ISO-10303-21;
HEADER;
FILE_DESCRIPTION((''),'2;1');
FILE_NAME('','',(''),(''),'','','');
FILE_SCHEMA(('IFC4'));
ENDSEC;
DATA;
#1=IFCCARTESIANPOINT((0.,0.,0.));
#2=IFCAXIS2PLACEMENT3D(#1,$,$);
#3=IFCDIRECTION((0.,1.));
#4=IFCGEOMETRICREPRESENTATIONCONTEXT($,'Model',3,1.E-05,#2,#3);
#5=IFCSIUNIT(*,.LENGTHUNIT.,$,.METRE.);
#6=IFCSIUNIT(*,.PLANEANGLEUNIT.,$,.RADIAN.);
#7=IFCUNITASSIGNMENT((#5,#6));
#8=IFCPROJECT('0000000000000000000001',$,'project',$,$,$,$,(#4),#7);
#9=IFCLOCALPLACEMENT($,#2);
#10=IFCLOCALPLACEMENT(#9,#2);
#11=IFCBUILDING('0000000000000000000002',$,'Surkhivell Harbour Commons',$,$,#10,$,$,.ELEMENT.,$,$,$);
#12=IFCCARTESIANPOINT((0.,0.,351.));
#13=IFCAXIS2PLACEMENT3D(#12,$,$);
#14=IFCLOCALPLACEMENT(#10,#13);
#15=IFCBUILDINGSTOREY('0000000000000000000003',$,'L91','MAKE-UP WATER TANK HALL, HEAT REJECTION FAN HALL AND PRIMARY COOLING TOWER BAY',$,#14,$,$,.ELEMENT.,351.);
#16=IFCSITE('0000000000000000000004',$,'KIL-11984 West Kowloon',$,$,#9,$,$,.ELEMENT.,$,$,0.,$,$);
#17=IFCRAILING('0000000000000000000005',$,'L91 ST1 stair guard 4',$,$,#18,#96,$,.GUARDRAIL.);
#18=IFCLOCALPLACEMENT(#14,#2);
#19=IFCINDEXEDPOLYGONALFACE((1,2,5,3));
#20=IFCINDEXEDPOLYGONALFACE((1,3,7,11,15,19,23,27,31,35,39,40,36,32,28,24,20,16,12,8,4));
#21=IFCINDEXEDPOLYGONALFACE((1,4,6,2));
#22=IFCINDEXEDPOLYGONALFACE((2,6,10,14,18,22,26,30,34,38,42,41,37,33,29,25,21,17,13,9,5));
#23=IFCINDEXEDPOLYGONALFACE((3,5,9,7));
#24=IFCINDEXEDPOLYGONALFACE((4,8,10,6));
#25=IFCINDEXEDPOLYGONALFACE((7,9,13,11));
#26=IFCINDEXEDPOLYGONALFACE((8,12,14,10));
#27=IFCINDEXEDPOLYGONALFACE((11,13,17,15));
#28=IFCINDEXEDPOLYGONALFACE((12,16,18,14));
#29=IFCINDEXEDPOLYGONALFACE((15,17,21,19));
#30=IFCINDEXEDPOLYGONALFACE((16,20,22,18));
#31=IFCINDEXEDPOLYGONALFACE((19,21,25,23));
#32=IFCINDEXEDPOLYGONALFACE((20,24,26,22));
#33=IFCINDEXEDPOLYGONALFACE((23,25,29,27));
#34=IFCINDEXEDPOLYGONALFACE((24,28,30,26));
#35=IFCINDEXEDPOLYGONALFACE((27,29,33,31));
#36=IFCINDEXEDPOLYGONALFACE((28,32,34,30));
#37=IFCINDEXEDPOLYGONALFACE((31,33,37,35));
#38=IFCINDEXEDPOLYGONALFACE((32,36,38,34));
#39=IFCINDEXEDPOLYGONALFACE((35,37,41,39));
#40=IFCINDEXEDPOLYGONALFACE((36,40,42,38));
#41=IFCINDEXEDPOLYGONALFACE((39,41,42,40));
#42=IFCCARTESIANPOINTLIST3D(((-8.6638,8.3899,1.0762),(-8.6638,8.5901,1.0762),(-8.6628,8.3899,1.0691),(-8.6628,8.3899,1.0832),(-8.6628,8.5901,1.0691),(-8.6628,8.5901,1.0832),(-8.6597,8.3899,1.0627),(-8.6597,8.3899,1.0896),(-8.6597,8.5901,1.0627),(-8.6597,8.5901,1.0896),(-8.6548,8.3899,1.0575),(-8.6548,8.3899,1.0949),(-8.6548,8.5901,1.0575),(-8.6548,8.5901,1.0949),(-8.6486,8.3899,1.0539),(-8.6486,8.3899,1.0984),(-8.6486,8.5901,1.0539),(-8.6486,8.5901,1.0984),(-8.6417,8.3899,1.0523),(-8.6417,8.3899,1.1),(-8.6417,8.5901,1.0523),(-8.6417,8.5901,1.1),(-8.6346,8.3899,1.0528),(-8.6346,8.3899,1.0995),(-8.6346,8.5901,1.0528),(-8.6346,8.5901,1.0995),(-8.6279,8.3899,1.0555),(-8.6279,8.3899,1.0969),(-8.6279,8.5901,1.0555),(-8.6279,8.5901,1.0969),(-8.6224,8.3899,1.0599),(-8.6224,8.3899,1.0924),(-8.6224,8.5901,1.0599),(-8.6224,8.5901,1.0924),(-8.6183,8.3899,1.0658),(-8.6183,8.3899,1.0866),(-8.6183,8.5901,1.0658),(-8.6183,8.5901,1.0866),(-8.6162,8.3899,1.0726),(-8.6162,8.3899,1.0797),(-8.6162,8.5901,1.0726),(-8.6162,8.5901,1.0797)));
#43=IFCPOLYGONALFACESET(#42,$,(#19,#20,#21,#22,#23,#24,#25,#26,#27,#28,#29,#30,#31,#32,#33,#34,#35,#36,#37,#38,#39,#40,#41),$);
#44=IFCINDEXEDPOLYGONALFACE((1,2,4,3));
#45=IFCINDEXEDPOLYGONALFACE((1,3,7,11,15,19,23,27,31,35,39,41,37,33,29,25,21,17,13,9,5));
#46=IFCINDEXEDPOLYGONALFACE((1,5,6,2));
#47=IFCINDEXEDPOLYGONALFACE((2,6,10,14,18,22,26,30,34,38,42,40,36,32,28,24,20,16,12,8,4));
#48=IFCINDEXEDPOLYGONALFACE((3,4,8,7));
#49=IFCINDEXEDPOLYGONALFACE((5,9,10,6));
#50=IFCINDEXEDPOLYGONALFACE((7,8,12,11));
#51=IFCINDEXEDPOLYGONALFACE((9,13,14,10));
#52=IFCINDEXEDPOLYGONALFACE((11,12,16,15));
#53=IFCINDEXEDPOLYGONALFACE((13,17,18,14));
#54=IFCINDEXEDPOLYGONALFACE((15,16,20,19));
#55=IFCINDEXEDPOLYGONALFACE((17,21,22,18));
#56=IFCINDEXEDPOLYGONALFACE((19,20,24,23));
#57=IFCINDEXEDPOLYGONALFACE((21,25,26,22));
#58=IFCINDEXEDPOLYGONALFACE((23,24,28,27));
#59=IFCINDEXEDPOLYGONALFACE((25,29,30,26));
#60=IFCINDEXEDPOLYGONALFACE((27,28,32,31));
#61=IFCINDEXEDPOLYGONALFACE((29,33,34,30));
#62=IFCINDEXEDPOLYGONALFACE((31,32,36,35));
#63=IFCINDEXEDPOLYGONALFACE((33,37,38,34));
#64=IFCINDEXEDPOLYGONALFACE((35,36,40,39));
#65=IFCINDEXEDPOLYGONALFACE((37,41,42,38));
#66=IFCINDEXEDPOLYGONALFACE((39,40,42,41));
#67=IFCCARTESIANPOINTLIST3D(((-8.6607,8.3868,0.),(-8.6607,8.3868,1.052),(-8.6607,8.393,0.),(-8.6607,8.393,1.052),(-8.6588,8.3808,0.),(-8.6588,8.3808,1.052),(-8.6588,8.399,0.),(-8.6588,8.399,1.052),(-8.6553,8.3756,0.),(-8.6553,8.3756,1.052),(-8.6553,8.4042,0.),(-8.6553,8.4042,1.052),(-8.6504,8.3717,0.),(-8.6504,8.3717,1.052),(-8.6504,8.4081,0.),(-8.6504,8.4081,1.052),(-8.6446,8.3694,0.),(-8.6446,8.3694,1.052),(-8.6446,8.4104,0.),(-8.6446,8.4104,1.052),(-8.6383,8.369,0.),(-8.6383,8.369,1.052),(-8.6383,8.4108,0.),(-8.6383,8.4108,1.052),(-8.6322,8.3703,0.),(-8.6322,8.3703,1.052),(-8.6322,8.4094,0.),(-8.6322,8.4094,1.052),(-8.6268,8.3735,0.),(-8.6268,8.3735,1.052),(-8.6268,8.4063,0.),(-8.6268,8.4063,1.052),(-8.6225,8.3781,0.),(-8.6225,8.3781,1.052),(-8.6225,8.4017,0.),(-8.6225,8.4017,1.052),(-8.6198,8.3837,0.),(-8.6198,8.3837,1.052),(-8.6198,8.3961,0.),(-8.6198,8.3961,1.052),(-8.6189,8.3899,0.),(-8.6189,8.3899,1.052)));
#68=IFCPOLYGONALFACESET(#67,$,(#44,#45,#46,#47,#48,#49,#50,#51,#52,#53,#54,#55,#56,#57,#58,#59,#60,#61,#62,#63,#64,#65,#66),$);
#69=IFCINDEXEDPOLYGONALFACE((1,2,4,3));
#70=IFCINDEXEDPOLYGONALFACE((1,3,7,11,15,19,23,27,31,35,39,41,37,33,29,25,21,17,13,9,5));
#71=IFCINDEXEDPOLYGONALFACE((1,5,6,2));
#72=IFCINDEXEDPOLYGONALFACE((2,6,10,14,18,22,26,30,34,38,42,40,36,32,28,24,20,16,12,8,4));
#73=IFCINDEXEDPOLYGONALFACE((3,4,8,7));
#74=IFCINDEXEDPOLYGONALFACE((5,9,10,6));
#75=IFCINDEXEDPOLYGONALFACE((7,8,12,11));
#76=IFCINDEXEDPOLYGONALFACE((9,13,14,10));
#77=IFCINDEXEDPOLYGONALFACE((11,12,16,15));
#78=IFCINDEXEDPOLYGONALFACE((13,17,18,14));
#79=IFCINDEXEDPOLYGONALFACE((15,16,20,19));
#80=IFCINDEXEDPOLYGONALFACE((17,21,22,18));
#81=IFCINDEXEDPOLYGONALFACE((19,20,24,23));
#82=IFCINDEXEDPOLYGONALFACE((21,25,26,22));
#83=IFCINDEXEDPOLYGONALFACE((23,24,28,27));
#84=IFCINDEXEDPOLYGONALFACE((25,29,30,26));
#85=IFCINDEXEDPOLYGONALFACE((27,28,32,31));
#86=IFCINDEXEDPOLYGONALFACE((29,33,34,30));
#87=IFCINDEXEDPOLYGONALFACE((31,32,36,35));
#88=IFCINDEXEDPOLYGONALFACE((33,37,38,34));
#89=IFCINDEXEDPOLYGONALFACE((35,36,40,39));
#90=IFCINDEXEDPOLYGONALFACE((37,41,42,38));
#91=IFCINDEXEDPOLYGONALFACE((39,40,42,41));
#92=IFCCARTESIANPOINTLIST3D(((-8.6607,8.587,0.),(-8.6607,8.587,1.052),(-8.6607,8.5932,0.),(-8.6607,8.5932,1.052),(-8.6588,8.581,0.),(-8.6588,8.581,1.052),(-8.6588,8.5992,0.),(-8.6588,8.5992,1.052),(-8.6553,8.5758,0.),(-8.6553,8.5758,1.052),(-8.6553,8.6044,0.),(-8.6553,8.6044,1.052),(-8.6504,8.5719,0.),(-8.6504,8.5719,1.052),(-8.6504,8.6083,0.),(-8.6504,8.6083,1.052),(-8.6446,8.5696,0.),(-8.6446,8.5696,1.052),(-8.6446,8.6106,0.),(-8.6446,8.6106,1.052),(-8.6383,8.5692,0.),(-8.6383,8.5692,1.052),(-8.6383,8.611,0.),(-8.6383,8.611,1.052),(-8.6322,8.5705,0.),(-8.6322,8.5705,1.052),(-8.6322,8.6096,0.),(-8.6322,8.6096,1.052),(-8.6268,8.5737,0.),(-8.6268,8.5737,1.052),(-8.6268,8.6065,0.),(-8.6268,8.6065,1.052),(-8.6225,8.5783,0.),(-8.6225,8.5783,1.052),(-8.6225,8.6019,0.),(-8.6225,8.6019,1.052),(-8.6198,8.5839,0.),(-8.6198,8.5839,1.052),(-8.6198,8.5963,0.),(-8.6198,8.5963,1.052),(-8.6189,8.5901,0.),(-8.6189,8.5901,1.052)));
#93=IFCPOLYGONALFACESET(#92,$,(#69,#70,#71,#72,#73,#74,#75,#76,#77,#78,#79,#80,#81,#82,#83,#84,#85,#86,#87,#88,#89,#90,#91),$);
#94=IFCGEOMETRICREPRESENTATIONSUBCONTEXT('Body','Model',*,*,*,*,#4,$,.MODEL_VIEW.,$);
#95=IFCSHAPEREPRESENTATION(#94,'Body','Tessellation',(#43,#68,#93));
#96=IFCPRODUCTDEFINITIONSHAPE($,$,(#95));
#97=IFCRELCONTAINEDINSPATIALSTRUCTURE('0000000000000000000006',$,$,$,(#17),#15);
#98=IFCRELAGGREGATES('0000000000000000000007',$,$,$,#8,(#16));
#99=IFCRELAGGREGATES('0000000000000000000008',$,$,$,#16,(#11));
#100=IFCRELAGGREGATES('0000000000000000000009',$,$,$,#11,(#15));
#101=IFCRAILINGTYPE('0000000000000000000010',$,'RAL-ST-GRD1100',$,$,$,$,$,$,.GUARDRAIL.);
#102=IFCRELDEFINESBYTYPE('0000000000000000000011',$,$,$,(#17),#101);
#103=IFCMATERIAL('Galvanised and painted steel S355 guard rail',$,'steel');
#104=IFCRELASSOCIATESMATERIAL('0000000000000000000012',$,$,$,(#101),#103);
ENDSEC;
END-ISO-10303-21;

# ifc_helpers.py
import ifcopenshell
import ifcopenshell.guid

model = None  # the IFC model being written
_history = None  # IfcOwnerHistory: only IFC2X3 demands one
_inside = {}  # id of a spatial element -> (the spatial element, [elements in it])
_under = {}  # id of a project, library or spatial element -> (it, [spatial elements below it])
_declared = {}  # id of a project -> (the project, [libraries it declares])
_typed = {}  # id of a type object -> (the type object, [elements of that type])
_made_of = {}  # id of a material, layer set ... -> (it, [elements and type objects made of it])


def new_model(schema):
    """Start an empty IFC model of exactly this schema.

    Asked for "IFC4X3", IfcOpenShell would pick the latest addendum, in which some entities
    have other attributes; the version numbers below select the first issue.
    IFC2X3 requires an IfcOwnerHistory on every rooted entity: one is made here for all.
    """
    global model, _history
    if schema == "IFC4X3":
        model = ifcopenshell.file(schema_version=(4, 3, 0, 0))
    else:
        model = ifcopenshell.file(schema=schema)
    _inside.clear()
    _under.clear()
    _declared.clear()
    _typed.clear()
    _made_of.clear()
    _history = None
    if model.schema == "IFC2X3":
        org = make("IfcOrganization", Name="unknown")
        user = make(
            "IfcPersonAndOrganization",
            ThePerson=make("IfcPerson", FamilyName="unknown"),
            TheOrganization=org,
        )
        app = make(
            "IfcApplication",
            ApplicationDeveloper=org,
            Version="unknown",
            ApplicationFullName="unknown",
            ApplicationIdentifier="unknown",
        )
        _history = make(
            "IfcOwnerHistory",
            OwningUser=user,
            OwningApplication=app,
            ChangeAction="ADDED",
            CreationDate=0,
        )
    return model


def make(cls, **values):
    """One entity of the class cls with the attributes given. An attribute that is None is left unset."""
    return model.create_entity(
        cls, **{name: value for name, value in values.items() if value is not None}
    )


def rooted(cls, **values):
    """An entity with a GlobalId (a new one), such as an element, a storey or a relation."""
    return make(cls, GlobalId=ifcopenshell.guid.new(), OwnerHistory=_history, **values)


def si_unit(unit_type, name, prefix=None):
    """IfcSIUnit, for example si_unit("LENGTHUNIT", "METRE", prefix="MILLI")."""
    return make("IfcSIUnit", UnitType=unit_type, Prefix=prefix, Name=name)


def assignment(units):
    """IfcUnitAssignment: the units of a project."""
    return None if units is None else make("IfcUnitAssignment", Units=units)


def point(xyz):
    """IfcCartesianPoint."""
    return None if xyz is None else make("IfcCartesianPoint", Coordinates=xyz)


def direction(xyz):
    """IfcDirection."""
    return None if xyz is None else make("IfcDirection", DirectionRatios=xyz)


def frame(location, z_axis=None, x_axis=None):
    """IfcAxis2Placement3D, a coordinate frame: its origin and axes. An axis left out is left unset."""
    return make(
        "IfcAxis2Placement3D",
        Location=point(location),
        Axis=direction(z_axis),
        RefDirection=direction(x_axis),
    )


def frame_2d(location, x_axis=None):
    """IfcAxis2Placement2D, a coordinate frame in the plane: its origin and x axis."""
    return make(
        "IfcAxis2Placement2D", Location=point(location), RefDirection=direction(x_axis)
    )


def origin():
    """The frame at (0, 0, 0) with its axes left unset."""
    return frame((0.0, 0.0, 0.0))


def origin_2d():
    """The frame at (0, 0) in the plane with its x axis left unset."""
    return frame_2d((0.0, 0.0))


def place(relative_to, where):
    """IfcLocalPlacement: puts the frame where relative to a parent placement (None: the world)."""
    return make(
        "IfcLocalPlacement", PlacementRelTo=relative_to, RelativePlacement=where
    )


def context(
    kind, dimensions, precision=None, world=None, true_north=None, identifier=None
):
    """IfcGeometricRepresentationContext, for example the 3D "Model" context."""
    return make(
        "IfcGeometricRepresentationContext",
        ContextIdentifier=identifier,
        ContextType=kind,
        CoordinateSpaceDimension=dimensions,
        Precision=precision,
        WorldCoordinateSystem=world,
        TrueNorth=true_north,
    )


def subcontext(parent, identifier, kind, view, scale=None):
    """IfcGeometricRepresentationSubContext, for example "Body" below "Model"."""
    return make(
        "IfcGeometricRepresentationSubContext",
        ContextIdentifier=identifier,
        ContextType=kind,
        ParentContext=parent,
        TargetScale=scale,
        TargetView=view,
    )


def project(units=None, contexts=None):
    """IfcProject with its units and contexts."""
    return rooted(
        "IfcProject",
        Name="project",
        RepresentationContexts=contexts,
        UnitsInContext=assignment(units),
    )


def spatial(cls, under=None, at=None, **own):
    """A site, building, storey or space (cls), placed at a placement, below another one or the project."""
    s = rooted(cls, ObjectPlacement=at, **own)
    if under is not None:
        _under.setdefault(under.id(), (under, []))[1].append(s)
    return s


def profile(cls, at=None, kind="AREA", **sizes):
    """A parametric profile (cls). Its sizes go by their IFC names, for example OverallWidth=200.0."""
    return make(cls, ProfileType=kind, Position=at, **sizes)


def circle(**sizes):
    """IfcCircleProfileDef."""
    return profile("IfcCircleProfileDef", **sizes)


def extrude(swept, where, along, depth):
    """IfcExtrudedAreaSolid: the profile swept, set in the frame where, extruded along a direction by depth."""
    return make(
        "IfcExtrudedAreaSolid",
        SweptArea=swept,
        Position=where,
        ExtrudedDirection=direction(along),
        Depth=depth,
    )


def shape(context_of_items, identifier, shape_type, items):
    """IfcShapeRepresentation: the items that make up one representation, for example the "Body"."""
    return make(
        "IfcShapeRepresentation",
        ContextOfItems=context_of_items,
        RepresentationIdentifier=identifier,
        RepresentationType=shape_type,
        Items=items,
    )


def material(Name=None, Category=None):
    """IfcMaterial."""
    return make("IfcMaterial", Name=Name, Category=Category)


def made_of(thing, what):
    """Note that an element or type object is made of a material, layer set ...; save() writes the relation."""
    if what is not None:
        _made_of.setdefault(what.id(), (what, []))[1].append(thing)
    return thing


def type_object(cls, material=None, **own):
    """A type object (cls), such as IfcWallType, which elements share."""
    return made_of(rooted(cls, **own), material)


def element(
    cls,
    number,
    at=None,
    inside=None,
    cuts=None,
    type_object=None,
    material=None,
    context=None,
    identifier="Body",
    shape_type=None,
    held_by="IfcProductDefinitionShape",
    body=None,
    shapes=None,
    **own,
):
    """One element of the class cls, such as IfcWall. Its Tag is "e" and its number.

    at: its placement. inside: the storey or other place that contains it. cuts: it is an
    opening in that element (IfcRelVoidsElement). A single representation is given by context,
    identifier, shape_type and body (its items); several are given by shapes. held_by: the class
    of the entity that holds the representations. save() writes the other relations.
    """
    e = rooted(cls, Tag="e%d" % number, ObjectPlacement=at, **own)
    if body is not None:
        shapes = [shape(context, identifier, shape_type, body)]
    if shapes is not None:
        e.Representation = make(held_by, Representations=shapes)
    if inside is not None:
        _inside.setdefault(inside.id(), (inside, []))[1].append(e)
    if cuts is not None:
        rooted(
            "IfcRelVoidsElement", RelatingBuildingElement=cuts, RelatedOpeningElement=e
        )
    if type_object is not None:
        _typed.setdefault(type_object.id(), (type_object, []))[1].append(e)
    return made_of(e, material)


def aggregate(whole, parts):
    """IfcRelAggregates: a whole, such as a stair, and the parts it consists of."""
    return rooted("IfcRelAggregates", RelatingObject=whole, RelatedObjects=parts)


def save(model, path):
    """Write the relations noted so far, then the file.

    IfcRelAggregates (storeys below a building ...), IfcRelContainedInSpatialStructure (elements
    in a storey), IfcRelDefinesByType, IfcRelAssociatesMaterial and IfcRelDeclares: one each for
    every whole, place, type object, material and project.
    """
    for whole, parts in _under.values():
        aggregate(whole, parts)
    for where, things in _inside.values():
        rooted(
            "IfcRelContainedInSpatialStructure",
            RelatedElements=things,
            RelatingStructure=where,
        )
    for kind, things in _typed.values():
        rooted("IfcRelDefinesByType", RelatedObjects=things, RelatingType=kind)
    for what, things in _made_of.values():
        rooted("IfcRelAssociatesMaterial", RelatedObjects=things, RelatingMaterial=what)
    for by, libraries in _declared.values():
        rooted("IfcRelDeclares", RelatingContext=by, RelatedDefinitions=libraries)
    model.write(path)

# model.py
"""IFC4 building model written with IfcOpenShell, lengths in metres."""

from ifc_helpers import new_model, si_unit, direction, frame, origin, origin_2d, place, context, subcontext, project, spatial, circle, extrude, material, type_object, element, save


model = new_model("IFC4")

# Units and contexts
model_context = context("Model", 3, precision=1e-05, world=origin(), true_north=direction((0.0, 1.0)))
body_context = subcontext(model_context, "Body", "Model", "MODEL_VIEW")
ifc_project = project(units=[si_unit("LENGTHUNIT", "METRE"), si_unit("PLANEANGLEUNIT", "RADIAN")], contexts=[model_context])

# Site, building, storey
site_placement = place(None, origin())
site = spatial("IfcSite", under=ifc_project, at=site_placement, Name="KIL-11984 West Kowloon", CompositionType="ELEMENT", RefElevation=0.0)
building_placement = place(site_placement, origin())
building = spatial("IfcBuilding", under=site, at=building_placement, Name="Surkhivell Harbour Commons", CompositionType="ELEMENT")
storey_placement = place(building_placement, frame((0.0, 0.0, 351.0)))
storey = spatial("IfcBuildingStorey", under=building, at=storey_placement, Name="L91", Description="MAKE-UP WATER TANK HALL, HEAT REJECTION FAN HALL AND PRIMARY COOLING TOWER BAY", CompositionType="ELEMENT", Elevation=351.0)

# Railing
ifc_material_1 = material(Name="Galvanised and painted steel S355 guard rail", Category="steel")
railing_type_1 = type_object("IfcRailingType", Name="RAL-ST-GRD1100", PredefinedType="GUARDRAIL", material=ifc_material_1)
railing_1_placement = place(storey_placement, frame((-8.6399, 8.3899, 0.0)))
element("IfcRailing", 1, at=railing_1_placement, inside=storey, type_object=railing_type_1, Name="L91 ST1 stair guard 4", PredefinedType="GUARDRAIL", context=body_context, shape_type="SweptSolid", body=[
    extrude(circle(Radius=0.0239, at=origin_2d()), frame((0.0, 0.0, 1.0762), z_axis=(0.0, 1.0, 0.0), x_axis=(-1.0, 0.0, 0.0)), (0.0, 0.0, 1.0), 0.2002),
    extrude(circle(Radius=0.021, at=origin_2d()), origin(), (0.0, 0.0, 1.0), 1.052),
    extrude(circle(Radius=0.021, at=origin_2d()), frame((0.0, 0.2002, 0.0)), (0.0, 0.0, 1.0), 1.052),
])

save(model, "model.ifc")
